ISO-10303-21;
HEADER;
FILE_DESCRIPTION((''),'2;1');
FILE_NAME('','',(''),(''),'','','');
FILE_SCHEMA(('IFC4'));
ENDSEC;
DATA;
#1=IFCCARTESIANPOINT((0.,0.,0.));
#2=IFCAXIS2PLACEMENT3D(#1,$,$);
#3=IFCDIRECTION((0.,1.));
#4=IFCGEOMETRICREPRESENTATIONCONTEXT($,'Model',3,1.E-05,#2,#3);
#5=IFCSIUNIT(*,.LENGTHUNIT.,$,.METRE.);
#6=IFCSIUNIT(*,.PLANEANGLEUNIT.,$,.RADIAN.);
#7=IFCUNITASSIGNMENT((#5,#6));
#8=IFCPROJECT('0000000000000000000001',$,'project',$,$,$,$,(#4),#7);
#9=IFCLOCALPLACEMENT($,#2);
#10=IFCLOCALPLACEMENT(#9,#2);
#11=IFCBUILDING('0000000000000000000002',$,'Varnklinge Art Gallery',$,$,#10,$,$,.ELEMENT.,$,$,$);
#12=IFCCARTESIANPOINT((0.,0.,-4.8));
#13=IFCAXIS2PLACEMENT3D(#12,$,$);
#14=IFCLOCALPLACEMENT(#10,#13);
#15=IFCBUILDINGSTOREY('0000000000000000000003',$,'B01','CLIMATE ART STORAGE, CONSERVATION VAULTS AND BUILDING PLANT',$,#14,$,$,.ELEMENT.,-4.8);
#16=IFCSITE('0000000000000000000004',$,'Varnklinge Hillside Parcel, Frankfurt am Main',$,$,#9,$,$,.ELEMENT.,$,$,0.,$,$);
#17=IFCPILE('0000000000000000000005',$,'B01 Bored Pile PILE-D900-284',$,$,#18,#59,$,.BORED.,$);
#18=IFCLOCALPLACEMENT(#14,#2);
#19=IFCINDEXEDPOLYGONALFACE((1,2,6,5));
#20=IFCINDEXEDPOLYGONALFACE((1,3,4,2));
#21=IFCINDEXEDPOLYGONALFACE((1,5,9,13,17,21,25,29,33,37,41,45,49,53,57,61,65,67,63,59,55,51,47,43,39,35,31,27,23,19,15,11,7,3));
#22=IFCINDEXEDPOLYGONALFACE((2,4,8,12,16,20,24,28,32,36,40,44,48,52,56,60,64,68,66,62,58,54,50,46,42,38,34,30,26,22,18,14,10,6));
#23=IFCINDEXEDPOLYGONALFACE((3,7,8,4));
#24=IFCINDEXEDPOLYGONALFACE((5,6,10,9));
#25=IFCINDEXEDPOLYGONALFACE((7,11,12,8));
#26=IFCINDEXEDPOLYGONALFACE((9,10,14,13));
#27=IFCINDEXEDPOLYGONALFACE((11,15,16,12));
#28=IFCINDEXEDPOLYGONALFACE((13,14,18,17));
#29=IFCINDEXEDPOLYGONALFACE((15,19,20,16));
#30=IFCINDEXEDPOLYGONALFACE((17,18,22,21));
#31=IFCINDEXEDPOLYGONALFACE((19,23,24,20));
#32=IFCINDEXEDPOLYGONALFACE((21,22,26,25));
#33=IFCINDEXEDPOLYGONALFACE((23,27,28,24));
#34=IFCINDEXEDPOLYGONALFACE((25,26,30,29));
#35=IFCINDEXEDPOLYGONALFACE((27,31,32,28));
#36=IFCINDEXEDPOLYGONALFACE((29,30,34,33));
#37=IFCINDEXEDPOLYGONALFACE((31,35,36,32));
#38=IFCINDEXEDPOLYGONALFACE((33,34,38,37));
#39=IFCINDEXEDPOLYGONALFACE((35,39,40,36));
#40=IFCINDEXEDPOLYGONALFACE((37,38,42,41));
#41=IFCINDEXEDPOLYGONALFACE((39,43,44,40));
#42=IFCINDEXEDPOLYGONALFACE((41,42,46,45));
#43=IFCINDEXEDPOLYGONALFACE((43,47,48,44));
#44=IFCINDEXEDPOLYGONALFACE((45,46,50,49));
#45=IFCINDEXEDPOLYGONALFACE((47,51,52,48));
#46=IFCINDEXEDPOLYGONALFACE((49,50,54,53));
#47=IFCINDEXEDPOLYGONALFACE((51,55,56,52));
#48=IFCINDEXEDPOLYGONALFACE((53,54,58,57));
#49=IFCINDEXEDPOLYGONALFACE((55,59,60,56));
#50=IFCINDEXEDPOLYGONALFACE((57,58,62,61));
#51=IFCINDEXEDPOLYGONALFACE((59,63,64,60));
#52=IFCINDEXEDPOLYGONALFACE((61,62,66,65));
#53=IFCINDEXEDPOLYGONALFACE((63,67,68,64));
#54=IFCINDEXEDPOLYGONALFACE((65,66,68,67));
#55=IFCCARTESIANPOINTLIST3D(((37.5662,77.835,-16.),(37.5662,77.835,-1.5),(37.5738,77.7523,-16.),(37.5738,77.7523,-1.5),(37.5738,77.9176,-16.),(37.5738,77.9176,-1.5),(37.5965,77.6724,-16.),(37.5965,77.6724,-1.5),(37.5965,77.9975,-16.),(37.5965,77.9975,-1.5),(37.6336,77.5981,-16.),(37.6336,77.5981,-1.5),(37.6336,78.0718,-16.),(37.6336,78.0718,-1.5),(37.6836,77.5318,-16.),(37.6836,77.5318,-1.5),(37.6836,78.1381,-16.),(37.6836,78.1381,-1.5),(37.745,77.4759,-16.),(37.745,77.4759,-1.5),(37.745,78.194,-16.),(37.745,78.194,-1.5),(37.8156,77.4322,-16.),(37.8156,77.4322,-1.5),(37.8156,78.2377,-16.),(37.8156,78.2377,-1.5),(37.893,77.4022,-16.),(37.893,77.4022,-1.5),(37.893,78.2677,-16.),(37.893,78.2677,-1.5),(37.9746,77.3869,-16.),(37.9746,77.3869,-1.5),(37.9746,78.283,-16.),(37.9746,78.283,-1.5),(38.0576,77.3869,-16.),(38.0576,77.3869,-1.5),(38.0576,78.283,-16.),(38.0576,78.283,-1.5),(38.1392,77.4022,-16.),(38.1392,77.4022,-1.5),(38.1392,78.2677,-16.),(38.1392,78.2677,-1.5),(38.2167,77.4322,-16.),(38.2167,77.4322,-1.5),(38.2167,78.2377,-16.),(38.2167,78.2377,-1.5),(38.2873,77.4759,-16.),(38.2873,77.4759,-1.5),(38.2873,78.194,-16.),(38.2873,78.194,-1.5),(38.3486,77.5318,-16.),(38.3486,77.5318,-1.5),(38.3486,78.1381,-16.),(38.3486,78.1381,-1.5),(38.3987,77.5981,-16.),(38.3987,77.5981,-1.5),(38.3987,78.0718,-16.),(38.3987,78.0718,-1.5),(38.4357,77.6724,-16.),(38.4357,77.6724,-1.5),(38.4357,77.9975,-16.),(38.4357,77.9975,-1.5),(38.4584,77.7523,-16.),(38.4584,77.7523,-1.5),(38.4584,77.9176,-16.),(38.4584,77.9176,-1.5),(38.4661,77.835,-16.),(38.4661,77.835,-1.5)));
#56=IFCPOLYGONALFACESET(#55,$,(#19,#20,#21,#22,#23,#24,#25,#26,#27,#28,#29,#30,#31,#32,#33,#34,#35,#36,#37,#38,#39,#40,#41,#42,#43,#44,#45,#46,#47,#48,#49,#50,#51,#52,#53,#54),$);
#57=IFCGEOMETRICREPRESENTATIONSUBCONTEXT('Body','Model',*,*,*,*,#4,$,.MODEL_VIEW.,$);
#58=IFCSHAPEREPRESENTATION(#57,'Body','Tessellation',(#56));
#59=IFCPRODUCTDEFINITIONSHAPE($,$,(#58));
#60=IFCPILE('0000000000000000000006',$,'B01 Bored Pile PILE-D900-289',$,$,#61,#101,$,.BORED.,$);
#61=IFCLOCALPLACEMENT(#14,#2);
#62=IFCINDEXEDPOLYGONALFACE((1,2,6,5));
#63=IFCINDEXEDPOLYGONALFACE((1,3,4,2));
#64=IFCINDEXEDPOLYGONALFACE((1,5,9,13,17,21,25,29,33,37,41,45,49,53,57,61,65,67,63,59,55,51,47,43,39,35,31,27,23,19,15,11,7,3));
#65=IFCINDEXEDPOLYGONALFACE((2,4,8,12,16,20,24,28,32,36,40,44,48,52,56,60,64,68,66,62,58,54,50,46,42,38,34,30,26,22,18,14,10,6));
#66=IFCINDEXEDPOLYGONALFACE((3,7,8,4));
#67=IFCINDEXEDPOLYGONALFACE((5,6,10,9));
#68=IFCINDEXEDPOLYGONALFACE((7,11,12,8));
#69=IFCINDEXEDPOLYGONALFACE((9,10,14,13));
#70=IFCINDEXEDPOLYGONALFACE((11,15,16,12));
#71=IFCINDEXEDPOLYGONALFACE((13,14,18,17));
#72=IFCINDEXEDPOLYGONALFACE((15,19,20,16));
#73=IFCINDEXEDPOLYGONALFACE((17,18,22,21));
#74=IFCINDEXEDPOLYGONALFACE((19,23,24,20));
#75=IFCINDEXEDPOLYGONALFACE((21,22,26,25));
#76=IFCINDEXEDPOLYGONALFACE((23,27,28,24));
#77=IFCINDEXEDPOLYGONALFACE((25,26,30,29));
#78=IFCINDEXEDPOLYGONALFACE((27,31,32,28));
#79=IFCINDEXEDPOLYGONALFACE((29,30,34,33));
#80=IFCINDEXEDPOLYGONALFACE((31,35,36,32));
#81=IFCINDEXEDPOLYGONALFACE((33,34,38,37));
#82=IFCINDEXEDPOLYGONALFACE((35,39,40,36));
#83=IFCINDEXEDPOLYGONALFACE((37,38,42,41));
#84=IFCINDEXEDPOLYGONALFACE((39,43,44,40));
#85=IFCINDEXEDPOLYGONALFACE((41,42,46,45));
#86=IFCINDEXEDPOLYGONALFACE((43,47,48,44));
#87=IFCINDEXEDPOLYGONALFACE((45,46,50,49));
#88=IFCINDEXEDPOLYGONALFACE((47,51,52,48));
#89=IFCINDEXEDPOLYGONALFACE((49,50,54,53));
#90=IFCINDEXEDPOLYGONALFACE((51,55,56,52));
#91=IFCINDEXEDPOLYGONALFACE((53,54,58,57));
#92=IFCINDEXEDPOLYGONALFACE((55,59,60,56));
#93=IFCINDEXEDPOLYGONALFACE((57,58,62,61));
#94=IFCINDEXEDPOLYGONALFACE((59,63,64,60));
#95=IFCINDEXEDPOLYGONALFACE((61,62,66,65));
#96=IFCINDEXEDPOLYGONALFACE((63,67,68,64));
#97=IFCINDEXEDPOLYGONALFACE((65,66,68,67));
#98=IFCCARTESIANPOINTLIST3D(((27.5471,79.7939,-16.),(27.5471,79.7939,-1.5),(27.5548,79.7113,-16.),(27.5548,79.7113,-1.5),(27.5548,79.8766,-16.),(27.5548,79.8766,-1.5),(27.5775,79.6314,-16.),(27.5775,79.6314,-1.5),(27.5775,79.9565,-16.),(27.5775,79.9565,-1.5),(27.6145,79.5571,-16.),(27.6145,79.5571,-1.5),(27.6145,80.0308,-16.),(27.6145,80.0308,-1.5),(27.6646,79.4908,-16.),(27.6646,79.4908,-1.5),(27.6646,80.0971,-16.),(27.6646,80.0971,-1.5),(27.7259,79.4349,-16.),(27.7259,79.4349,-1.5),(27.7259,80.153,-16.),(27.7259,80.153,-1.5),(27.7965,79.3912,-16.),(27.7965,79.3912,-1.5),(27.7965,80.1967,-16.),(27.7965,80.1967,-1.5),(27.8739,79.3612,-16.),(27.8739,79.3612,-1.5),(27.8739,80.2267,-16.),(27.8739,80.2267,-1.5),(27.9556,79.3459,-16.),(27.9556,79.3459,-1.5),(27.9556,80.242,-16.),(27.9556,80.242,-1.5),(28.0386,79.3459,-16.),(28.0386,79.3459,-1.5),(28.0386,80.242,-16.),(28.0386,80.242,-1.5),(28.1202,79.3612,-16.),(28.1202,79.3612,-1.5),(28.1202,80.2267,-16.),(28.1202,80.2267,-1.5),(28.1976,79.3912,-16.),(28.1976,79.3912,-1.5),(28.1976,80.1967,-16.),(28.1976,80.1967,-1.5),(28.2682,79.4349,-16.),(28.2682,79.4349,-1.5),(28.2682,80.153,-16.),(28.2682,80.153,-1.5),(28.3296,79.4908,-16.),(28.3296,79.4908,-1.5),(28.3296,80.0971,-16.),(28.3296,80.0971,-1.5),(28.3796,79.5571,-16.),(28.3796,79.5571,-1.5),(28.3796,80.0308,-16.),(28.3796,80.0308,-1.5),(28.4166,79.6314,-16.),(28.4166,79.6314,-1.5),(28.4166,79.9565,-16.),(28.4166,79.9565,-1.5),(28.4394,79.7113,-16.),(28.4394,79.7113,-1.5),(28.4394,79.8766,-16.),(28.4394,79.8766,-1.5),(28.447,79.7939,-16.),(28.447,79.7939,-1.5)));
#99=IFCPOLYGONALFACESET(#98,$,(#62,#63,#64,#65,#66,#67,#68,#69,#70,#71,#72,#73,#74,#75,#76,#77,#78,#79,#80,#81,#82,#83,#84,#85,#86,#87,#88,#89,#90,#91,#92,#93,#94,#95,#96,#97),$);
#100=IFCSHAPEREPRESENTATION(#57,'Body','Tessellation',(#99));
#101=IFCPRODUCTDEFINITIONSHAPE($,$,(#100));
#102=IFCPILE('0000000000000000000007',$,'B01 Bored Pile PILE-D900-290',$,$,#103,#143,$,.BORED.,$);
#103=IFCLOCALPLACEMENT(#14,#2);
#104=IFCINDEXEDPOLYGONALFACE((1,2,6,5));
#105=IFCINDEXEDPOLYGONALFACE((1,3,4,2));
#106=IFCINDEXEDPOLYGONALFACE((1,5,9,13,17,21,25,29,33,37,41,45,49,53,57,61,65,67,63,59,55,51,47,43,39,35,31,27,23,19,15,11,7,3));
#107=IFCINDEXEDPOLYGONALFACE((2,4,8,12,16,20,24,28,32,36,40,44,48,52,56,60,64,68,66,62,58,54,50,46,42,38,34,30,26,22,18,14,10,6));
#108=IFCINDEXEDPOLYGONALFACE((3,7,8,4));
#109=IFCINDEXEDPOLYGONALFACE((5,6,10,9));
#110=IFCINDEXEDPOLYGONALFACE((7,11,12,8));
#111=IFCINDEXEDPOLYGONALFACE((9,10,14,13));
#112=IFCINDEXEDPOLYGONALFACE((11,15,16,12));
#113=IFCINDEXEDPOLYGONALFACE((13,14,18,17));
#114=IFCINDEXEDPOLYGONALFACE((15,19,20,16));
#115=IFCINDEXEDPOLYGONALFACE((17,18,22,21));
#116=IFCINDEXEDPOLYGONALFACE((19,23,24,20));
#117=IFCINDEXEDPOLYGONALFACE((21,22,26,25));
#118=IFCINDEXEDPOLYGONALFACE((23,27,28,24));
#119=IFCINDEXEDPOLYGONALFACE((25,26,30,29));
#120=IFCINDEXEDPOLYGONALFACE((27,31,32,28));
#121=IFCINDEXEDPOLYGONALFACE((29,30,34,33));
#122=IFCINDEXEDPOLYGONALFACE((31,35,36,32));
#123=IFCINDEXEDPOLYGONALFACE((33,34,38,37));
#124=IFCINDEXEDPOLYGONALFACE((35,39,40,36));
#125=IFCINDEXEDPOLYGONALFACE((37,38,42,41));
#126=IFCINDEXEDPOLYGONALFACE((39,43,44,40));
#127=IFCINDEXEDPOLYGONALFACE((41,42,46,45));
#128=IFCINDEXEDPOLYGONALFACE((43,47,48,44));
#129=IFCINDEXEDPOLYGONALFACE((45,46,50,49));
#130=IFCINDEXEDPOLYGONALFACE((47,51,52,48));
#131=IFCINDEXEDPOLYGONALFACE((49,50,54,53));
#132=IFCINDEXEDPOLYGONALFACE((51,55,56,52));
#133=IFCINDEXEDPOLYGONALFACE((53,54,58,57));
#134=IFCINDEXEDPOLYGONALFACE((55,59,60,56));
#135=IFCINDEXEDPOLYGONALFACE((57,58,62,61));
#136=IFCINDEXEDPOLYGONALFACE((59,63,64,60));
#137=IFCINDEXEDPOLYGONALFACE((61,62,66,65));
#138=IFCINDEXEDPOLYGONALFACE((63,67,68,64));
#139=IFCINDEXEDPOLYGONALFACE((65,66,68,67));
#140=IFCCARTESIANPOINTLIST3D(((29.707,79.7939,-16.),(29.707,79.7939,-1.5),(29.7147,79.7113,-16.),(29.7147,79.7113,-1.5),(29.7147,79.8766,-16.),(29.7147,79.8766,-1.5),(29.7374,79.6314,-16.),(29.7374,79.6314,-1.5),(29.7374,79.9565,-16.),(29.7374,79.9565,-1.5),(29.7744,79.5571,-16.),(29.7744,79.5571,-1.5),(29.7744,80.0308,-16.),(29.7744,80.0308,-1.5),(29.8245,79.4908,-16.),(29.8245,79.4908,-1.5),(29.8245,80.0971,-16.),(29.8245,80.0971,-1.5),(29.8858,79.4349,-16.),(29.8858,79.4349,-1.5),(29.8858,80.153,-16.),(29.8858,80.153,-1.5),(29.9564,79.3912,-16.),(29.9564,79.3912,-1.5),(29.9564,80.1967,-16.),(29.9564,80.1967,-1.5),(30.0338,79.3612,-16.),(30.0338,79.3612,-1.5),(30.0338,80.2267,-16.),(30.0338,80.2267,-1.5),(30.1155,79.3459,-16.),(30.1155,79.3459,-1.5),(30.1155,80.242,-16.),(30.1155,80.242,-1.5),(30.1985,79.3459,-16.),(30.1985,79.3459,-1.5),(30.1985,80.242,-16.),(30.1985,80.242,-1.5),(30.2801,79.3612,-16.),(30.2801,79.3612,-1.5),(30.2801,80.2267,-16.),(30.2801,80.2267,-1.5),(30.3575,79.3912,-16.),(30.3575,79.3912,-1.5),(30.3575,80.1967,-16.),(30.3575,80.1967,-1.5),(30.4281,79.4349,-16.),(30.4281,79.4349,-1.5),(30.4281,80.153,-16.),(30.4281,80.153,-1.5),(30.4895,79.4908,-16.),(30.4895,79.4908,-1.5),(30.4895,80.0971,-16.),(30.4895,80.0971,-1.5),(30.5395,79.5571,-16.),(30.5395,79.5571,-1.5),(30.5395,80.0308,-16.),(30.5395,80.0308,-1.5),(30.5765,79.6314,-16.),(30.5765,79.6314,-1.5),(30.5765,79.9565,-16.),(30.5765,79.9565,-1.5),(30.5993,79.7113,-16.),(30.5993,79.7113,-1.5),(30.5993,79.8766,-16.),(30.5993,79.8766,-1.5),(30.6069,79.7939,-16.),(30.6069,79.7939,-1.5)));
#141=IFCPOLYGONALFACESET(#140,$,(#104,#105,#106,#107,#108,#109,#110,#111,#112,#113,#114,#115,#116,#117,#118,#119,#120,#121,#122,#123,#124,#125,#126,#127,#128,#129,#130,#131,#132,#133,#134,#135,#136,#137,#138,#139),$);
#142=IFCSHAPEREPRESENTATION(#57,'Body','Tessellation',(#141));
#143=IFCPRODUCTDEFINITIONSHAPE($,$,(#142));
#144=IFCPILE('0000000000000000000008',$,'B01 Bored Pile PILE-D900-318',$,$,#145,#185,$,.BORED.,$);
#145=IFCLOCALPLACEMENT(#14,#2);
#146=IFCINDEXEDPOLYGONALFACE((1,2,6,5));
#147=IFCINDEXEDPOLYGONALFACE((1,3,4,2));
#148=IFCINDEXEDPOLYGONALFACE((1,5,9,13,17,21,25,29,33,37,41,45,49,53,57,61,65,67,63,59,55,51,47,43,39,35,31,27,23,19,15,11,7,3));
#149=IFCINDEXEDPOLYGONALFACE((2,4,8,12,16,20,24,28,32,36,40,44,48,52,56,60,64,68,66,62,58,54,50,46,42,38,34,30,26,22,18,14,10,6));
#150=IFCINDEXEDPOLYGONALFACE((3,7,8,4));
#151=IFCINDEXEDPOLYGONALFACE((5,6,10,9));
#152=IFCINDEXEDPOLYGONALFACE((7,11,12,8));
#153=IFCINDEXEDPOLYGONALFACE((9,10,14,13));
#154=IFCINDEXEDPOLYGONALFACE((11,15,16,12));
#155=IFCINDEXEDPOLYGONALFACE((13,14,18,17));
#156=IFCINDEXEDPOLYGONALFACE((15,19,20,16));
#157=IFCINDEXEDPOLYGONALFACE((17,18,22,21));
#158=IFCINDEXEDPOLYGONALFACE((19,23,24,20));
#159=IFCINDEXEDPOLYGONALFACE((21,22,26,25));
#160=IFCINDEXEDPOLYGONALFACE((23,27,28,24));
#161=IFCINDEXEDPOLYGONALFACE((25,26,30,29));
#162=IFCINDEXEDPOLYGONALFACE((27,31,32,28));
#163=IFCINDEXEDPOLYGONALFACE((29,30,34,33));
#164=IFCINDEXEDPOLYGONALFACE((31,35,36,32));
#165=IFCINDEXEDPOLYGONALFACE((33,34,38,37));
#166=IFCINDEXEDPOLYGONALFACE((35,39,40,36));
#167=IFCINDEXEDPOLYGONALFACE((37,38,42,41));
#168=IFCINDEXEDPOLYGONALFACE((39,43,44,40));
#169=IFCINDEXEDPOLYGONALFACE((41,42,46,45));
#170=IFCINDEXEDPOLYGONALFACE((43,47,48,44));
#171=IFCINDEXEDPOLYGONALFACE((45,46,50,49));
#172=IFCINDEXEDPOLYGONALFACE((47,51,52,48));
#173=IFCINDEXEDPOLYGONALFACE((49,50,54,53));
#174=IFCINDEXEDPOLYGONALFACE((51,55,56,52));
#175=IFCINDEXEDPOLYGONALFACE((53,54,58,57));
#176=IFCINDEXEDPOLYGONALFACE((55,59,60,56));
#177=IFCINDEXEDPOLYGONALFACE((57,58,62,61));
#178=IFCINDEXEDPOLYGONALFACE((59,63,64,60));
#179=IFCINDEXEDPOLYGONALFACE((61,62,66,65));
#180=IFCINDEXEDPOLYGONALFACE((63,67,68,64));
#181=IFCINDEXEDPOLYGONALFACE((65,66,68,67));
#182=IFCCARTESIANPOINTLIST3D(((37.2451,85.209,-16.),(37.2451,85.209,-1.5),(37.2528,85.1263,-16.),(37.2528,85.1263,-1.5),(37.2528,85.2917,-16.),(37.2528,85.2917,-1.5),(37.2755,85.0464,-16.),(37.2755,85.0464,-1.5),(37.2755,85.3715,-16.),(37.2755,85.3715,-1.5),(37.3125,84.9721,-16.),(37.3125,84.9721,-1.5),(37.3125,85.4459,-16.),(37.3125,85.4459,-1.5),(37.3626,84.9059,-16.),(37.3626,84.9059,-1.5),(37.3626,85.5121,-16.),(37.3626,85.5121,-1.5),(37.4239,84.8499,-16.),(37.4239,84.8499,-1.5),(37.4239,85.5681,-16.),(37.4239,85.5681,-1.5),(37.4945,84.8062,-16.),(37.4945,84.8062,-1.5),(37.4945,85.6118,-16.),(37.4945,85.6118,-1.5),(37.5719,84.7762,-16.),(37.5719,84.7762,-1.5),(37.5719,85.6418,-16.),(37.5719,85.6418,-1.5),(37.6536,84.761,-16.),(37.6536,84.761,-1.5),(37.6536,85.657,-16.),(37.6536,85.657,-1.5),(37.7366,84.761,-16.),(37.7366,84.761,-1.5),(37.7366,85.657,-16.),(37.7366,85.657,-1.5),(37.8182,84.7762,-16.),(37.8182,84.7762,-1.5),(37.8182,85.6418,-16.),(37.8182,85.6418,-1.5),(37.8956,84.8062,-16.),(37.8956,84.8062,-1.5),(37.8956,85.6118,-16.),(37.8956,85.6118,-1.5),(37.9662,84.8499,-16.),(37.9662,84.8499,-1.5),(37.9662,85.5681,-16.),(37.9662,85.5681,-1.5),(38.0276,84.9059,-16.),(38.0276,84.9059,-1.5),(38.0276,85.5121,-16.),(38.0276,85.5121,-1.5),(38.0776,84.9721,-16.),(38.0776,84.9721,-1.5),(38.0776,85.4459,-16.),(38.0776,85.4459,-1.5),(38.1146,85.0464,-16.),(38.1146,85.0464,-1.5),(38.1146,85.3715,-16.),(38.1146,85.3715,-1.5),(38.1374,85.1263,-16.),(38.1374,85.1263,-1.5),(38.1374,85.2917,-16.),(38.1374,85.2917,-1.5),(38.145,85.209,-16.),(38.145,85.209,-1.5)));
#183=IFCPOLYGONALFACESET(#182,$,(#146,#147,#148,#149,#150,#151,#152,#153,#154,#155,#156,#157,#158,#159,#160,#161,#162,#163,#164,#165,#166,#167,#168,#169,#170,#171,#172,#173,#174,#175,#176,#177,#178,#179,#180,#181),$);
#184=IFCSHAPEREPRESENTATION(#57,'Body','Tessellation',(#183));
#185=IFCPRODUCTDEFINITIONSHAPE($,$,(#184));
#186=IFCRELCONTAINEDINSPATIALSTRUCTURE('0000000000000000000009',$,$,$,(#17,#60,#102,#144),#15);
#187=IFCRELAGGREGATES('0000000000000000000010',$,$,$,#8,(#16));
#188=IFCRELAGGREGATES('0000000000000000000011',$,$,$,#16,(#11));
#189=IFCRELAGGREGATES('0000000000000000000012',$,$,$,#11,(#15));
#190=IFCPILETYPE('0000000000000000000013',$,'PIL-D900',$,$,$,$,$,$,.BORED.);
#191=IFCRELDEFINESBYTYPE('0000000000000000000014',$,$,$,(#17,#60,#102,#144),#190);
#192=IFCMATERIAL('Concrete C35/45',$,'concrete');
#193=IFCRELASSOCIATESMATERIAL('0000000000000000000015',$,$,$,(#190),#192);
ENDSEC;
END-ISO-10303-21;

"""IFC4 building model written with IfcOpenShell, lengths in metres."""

from ifc_helpers import new_model, si_unit, direction, frame, origin, origin_2d, place, context, subcontext, project, spatial, circle, extrude, material, material_profile, profile_set, type_object, element, save


model = new_model("IFC4")

# Units and contexts
model_context = context("Model", 3, precision=1e-05, world=origin(), true_north=direction((0.0, 1.0)))
body_context = subcontext(model_context, "Body", "Model", "MODEL_VIEW")
ifc_project = project(units=[si_unit("LENGTHUNIT", "METRE"), si_unit("PLANEANGLEUNIT", "RADIAN")], contexts=[model_context])

# Site, building, storey
site_placement = place(None, origin())
site = spatial("IfcSite", under=ifc_project, at=site_placement, Name="Varnklinge Hillside Parcel, Frankfurt am Main", CompositionType="ELEMENT", RefElevation=0.0)
building_placement = place(site_placement, origin())
building = spatial("IfcBuilding", under=site, at=building_placement, Name="Varnklinge Art Gallery", CompositionType="ELEMENT")
storey_placement = place(building_placement, frame((0.0, 0.0, -4.8)))
storey = spatial("IfcBuildingStorey", under=building, at=storey_placement, Name="B01", Description="CLIMATE ART STORAGE, CONSERVATION VAULTS AND BUILDING PLANT", CompositionType="ELEMENT", Elevation=-4.8)

# Piles
ifc_material_1 = material(Name="Concrete C35/45", Category="concrete")
ifc_material_profile_1 = material_profile(ifc_material_1, circle(Radius=0.45, at=origin_2d()), Name="PILE D900")
ifc_profile_set_1 = profile_set([ifc_material_profile_1], Name="Concrete C35/45")
pile_type_1 = type_object("IfcPileType", Name="PIL-D900", PredefinedType="BORED", material=ifc_profile_set_1)
for number, where, z_axis, x_axis, name in (
    (1, (38.0161, 77.835, -1.5), (0.0, 0.0, -1.0), (1.0, 0.0, 0.0), "B01 Bored Pile PILE-D900-284"),
    (2, (27.9971, 79.7939, -1.5), (0.0, 0.0, -1.0), (1.0, 0.0, 0.0), "B01 Bored Pile PILE-D900-289"),
    (3, (30.157, 79.7939, -1.5), (0.0, 0.0, -1.0), (1.0, 0.0, 0.0), "B01 Bored Pile PILE-D900-290"),
    (4, (37.6951, 85.209, -1.5), (0.0, 0.0, -1.0), (1.0, 0.0, 0.0), "B01 Bored Pile PILE-D900-318"),
):
    element("IfcPile", number, at=place(storey_placement, frame(where, z_axis=z_axis, x_axis=x_axis)), inside=storey, type_object=pile_type_1, Name=name, PredefinedType="BORED", context=body_context, shape_type="SweptSolid", body=[
        extrude(circle(Radius=0.45, at=origin_2d()), origin(), (0.0, 0.0, 1.0), 14.5),
    ])

save(model, "model.ifc")
